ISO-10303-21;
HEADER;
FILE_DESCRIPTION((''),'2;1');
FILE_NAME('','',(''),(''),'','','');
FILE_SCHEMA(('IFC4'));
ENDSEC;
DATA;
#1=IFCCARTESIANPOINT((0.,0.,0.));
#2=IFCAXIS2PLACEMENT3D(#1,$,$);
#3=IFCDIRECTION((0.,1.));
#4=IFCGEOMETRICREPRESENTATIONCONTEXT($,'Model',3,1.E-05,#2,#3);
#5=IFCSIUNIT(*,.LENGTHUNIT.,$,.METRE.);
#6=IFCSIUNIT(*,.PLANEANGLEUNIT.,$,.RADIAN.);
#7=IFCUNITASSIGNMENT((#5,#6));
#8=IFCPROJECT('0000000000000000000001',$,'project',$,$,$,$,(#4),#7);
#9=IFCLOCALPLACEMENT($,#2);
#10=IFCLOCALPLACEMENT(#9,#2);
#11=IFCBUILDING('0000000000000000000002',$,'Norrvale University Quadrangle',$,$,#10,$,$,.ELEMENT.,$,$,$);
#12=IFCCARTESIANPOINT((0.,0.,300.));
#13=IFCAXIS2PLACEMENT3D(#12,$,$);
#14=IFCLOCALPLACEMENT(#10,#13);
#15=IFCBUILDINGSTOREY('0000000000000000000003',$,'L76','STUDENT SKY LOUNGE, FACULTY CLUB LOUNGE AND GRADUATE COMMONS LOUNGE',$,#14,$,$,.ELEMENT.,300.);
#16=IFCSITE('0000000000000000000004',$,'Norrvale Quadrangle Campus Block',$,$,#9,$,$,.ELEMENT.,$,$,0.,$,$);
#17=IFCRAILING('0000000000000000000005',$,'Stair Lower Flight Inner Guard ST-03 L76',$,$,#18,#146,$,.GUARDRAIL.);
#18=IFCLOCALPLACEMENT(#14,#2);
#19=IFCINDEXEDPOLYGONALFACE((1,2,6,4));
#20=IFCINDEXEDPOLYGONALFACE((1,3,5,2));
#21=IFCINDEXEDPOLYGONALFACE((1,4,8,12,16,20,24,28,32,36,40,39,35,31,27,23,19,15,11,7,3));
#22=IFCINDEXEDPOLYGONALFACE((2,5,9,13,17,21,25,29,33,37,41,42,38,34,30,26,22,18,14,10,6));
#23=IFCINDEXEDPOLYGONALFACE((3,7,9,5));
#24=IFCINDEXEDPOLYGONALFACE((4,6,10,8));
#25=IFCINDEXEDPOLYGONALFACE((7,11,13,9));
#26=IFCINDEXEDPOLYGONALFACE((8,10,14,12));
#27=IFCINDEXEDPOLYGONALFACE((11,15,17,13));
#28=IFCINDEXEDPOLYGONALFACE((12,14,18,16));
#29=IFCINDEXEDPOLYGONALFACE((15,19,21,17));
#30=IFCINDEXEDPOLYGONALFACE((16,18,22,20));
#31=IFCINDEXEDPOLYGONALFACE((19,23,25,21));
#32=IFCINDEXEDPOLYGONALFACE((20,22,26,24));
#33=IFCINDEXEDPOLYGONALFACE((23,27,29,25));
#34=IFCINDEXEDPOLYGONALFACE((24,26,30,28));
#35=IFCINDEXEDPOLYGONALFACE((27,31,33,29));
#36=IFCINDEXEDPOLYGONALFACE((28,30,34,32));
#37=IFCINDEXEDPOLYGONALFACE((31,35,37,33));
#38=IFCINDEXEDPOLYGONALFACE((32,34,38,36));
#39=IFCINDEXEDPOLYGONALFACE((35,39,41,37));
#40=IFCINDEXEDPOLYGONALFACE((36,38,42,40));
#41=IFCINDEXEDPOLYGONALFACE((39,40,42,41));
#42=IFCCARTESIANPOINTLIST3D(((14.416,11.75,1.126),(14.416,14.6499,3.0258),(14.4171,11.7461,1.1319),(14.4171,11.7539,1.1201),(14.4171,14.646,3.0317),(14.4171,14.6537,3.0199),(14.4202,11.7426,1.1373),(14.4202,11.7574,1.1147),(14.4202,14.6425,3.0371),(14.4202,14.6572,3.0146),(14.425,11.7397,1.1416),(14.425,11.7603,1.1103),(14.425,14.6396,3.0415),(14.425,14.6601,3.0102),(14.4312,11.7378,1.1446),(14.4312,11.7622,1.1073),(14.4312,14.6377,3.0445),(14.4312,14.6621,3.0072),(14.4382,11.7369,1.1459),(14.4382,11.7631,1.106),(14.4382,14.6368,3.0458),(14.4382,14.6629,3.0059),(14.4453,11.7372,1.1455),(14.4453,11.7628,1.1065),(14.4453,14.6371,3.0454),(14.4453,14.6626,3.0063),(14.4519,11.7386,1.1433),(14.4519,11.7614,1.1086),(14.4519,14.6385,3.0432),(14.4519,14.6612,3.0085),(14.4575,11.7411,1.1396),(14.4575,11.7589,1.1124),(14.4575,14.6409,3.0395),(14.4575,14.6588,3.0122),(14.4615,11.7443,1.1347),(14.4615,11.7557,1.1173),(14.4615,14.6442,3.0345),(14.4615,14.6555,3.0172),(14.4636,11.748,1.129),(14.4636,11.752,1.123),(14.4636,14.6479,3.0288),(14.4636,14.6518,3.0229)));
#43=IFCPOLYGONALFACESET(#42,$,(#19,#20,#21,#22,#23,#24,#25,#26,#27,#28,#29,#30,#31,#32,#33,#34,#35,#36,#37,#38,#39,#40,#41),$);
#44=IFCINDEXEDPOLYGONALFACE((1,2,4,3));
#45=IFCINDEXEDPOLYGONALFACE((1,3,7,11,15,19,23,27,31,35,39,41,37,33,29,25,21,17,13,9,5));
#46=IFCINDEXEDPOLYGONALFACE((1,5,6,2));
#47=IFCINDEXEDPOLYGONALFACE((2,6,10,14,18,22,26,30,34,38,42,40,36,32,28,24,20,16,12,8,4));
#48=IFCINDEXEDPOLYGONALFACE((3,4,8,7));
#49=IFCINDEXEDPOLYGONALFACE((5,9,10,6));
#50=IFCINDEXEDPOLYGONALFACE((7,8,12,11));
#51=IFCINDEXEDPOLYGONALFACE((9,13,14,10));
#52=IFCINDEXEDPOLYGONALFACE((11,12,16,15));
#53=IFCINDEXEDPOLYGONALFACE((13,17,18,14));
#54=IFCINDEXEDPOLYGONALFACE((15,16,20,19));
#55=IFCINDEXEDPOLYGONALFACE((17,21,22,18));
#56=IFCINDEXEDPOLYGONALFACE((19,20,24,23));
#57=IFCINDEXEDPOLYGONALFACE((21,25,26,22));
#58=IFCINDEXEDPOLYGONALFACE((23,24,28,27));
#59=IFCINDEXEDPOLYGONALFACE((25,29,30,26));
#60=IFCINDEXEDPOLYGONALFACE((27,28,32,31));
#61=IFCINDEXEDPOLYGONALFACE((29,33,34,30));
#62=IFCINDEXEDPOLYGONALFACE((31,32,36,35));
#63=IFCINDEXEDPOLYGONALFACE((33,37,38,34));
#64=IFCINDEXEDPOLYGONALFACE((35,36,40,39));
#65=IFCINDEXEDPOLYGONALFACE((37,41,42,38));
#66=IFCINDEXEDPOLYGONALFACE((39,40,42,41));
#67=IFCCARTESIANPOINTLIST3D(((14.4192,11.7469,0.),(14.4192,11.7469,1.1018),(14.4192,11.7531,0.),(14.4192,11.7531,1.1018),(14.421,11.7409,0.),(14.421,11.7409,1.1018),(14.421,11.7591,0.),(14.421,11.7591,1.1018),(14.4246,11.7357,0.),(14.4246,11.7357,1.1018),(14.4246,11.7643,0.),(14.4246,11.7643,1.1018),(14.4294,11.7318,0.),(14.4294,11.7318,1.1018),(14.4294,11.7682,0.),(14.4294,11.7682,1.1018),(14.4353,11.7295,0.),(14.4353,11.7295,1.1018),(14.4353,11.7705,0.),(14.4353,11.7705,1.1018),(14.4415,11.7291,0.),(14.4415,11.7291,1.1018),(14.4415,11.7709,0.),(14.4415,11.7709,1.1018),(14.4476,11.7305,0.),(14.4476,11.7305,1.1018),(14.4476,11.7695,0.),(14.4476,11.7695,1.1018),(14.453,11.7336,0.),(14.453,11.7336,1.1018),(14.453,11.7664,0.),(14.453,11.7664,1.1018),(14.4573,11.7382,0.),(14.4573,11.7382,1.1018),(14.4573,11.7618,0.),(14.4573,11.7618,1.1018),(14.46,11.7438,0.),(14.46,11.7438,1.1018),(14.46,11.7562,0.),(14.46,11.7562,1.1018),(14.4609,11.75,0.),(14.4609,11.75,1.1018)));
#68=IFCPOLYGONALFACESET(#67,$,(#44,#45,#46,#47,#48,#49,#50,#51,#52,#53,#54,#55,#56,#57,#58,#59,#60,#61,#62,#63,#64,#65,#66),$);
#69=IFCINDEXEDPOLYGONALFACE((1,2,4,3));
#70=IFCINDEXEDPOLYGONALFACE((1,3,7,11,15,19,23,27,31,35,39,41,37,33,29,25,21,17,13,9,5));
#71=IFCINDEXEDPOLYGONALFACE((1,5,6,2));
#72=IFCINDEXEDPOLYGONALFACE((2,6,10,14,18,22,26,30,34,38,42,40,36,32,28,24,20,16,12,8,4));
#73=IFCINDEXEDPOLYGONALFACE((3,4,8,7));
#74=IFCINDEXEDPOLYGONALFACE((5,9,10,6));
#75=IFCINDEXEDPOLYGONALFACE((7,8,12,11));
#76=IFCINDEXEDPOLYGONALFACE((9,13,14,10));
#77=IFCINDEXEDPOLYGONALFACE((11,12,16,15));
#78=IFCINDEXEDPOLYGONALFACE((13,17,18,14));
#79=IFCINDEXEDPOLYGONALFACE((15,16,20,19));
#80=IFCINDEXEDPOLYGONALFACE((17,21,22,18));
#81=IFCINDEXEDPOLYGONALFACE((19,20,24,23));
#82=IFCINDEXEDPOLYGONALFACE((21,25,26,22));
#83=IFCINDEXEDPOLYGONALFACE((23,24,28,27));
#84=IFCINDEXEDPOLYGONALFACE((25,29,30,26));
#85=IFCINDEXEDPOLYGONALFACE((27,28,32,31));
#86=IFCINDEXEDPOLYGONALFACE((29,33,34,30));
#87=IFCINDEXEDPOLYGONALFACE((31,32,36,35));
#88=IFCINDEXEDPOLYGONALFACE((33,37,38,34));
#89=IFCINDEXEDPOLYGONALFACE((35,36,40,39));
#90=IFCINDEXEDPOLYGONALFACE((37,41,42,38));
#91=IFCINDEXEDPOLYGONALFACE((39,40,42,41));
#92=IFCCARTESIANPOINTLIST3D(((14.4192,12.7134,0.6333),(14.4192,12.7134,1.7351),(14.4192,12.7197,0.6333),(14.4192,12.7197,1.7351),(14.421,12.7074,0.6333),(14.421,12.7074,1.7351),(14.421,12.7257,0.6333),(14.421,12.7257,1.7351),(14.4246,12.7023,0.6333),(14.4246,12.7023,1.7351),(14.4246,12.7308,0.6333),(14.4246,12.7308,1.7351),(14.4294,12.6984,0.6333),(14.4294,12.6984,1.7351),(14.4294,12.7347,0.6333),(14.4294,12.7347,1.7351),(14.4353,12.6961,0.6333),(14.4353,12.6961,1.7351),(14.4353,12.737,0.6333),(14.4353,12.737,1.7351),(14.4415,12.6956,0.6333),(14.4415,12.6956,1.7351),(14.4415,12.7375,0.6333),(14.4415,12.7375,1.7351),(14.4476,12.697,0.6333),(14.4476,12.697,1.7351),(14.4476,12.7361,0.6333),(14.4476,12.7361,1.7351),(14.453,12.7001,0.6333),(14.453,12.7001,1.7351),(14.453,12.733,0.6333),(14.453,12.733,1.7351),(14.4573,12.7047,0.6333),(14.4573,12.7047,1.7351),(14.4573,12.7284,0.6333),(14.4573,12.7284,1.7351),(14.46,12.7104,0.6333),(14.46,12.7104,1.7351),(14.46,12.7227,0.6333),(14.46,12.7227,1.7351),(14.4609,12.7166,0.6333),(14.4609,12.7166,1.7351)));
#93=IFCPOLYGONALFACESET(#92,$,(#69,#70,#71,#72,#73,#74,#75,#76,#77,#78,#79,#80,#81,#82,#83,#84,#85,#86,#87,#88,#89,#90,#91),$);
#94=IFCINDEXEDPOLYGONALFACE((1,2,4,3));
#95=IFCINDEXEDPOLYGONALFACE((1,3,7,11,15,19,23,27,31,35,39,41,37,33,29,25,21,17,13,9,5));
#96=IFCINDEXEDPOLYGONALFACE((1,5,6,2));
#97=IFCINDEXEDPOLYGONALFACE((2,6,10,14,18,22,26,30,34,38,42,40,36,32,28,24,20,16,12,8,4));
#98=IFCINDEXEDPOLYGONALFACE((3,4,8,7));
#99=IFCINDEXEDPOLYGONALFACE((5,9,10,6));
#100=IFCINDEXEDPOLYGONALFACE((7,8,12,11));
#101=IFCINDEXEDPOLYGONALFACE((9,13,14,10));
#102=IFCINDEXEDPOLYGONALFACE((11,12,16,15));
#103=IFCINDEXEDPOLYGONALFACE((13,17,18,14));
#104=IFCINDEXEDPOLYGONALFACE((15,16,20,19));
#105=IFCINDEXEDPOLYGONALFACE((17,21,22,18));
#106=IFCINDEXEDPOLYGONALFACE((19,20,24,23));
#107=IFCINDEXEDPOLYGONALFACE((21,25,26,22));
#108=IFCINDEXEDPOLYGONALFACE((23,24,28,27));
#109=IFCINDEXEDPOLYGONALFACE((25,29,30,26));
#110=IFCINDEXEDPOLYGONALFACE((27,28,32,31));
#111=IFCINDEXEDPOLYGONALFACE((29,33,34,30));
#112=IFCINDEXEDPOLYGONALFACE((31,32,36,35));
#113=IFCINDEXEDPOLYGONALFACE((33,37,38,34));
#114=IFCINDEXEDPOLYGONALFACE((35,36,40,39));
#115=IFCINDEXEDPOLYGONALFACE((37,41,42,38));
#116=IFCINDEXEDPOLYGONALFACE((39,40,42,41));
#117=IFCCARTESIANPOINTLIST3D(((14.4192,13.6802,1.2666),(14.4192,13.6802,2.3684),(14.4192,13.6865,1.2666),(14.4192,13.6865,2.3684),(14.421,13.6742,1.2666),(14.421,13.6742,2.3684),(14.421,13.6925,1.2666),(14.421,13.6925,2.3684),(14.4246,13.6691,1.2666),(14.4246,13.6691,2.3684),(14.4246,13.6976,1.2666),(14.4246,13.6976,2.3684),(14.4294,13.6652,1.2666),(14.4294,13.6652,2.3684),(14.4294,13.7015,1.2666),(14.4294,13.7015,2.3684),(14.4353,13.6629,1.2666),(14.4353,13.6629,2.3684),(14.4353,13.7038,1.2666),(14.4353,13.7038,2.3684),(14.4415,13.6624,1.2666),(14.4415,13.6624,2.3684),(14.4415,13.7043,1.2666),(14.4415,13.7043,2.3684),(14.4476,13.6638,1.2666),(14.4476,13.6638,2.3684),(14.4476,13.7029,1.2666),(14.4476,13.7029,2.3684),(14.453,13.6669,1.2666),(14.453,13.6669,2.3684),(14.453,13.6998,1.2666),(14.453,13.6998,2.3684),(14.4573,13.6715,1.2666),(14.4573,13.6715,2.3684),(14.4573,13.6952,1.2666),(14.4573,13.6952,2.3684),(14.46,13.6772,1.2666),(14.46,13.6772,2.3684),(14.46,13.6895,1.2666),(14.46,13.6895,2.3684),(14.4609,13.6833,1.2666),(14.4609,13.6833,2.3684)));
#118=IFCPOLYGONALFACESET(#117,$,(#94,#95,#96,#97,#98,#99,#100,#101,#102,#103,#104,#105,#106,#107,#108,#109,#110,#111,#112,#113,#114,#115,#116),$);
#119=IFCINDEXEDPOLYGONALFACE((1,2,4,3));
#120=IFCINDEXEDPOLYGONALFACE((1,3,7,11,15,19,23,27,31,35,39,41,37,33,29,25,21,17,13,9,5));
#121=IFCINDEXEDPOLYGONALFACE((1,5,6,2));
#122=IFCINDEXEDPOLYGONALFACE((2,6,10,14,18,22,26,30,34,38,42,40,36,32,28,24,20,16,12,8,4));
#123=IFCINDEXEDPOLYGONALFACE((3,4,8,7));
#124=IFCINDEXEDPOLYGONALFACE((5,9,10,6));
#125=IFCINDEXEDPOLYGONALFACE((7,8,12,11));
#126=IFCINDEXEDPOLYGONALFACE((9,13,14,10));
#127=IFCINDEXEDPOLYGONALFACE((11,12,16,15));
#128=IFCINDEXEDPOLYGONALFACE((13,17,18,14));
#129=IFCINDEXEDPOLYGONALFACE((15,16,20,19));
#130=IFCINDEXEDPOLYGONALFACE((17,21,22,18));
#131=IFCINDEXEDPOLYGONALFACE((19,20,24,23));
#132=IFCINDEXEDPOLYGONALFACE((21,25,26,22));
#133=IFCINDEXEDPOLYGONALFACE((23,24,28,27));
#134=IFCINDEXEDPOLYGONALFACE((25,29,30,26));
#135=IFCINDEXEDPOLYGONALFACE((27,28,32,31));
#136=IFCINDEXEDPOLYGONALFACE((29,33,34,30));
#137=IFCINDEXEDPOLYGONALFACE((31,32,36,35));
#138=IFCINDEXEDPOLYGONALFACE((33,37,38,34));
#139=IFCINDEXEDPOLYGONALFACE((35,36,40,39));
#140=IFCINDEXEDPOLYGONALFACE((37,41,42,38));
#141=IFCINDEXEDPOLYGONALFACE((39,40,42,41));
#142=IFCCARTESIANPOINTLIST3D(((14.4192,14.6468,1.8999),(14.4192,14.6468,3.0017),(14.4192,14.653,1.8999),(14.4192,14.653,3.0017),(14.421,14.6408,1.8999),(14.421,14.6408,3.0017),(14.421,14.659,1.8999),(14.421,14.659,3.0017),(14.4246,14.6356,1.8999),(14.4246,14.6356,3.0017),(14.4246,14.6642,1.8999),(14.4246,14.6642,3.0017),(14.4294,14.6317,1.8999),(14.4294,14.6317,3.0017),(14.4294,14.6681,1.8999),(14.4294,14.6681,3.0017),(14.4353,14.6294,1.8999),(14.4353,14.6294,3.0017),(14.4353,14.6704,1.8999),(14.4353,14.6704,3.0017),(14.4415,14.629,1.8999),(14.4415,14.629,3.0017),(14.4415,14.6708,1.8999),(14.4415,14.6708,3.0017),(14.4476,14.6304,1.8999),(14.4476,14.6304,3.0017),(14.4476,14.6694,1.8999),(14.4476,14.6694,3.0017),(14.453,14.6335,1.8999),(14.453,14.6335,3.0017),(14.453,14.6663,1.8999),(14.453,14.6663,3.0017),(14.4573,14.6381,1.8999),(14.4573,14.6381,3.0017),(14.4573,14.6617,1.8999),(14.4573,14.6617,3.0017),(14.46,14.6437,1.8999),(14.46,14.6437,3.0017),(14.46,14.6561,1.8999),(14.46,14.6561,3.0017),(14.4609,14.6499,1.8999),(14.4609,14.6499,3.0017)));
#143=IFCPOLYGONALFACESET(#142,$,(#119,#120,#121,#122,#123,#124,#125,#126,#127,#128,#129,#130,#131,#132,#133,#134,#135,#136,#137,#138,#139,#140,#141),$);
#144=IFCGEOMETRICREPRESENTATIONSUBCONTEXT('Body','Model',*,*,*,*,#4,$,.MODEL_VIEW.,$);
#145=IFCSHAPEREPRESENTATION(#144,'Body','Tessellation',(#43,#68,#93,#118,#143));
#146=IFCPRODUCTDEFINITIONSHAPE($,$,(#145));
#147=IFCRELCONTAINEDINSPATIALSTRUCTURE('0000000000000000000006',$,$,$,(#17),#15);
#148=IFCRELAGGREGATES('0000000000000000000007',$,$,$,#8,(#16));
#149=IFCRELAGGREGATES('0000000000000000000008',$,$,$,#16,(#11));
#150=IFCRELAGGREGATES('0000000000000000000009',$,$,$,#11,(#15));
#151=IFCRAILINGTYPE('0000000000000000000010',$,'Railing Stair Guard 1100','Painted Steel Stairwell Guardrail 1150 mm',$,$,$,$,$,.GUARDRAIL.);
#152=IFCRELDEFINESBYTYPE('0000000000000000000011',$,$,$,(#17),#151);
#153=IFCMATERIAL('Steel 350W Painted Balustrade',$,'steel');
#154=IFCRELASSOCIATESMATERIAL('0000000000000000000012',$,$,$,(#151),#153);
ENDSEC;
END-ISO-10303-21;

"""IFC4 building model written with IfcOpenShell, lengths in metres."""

from ifc_helpers import new_model, si_unit, direction, frame, origin, origin_2d, place, context, subcontext, project, spatial, circle, extrude, material, type_object, element, save


model = new_model("IFC4")

# Units and contexts
model_context = context("Model", 3, precision=1e-05, world=origin(), true_north=direction((0.0, 1.0)))
body_context = subcontext(model_context, "Body", "Model", "MODEL_VIEW")
ifc_project = project(units=[si_unit("LENGTHUNIT", "METRE"), si_unit("PLANEANGLEUNIT", "RADIAN")], contexts=[model_context])

# Site, building, storey
site_placement = place(None, origin())
site = spatial("IfcSite", under=ifc_project, at=site_placement, Name="Norrvale Quadrangle Campus Block", CompositionType="ELEMENT", RefElevation=0.0)
building_placement = place(site_placement, origin())
building = spatial("IfcBuilding", under=site, at=building_placement, Name="Norrvale University Quadrangle", CompositionType="ELEMENT")
storey_placement = place(building_placement, frame((0.0, 0.0, 300.0)))
storey = spatial("IfcBuildingStorey", under=building, at=storey_placement, Name="L76", Description="STUDENT SKY LOUNGE, FACULTY CLUB LOUNGE AND GRADUATE COMMONS LOUNGE", CompositionType="ELEMENT", Elevation=300.0)

# Railing
ifc_material_1 = material(Name="Steel 350W Painted Balustrade", Category="steel")
railing_type_1 = type_object("IfcRailingType", Name="Railing Stair Guard 1100", Description="Painted Steel Stairwell Guardrail 1150 mm", PredefinedType="GUARDRAIL", material=ifc_material_1)
railing_1_placement = place(storey_placement, frame((14.4399, 11.75, 0.0)))
element("IfcRailing", 1, at=railing_1_placement, inside=storey, type_object=railing_type_1, Name="Stair Lower Flight Inner Guard ST-03 L76", PredefinedType="GUARDRAIL", context=body_context, shape_type="SweptSolid", body=[
    extrude(circle(Radius=0.0239, at=origin_2d()), frame((0.0, 0.0, 1.126), z_axis=(0.0, 0.836466, 0.548019), x_axis=(-1.0, 0.0, 0.0)), (0.0, 0.0, 1.0), 3.4668),
    extrude(circle(Radius=0.021, at=origin_2d()), origin(), (0.0, 0.0, 1.0), 1.1018),
    extrude(circle(Radius=0.021, at=origin_2d()), frame((0.0, 0.9666, 0.6333)), (0.0, 0.0, 1.0), 1.1018),
    extrude(circle(Radius=0.021, at=origin_2d()), frame((0.0, 1.9333, 1.2666)), (0.0, 0.0, 1.0), 1.1018),
    extrude(circle(Radius=0.021, at=origin_2d()), frame((0.0, 2.8999, 1.8999)), (0.0, 0.0, 1.0), 1.1018),
])

save(model, "model.ifc")
